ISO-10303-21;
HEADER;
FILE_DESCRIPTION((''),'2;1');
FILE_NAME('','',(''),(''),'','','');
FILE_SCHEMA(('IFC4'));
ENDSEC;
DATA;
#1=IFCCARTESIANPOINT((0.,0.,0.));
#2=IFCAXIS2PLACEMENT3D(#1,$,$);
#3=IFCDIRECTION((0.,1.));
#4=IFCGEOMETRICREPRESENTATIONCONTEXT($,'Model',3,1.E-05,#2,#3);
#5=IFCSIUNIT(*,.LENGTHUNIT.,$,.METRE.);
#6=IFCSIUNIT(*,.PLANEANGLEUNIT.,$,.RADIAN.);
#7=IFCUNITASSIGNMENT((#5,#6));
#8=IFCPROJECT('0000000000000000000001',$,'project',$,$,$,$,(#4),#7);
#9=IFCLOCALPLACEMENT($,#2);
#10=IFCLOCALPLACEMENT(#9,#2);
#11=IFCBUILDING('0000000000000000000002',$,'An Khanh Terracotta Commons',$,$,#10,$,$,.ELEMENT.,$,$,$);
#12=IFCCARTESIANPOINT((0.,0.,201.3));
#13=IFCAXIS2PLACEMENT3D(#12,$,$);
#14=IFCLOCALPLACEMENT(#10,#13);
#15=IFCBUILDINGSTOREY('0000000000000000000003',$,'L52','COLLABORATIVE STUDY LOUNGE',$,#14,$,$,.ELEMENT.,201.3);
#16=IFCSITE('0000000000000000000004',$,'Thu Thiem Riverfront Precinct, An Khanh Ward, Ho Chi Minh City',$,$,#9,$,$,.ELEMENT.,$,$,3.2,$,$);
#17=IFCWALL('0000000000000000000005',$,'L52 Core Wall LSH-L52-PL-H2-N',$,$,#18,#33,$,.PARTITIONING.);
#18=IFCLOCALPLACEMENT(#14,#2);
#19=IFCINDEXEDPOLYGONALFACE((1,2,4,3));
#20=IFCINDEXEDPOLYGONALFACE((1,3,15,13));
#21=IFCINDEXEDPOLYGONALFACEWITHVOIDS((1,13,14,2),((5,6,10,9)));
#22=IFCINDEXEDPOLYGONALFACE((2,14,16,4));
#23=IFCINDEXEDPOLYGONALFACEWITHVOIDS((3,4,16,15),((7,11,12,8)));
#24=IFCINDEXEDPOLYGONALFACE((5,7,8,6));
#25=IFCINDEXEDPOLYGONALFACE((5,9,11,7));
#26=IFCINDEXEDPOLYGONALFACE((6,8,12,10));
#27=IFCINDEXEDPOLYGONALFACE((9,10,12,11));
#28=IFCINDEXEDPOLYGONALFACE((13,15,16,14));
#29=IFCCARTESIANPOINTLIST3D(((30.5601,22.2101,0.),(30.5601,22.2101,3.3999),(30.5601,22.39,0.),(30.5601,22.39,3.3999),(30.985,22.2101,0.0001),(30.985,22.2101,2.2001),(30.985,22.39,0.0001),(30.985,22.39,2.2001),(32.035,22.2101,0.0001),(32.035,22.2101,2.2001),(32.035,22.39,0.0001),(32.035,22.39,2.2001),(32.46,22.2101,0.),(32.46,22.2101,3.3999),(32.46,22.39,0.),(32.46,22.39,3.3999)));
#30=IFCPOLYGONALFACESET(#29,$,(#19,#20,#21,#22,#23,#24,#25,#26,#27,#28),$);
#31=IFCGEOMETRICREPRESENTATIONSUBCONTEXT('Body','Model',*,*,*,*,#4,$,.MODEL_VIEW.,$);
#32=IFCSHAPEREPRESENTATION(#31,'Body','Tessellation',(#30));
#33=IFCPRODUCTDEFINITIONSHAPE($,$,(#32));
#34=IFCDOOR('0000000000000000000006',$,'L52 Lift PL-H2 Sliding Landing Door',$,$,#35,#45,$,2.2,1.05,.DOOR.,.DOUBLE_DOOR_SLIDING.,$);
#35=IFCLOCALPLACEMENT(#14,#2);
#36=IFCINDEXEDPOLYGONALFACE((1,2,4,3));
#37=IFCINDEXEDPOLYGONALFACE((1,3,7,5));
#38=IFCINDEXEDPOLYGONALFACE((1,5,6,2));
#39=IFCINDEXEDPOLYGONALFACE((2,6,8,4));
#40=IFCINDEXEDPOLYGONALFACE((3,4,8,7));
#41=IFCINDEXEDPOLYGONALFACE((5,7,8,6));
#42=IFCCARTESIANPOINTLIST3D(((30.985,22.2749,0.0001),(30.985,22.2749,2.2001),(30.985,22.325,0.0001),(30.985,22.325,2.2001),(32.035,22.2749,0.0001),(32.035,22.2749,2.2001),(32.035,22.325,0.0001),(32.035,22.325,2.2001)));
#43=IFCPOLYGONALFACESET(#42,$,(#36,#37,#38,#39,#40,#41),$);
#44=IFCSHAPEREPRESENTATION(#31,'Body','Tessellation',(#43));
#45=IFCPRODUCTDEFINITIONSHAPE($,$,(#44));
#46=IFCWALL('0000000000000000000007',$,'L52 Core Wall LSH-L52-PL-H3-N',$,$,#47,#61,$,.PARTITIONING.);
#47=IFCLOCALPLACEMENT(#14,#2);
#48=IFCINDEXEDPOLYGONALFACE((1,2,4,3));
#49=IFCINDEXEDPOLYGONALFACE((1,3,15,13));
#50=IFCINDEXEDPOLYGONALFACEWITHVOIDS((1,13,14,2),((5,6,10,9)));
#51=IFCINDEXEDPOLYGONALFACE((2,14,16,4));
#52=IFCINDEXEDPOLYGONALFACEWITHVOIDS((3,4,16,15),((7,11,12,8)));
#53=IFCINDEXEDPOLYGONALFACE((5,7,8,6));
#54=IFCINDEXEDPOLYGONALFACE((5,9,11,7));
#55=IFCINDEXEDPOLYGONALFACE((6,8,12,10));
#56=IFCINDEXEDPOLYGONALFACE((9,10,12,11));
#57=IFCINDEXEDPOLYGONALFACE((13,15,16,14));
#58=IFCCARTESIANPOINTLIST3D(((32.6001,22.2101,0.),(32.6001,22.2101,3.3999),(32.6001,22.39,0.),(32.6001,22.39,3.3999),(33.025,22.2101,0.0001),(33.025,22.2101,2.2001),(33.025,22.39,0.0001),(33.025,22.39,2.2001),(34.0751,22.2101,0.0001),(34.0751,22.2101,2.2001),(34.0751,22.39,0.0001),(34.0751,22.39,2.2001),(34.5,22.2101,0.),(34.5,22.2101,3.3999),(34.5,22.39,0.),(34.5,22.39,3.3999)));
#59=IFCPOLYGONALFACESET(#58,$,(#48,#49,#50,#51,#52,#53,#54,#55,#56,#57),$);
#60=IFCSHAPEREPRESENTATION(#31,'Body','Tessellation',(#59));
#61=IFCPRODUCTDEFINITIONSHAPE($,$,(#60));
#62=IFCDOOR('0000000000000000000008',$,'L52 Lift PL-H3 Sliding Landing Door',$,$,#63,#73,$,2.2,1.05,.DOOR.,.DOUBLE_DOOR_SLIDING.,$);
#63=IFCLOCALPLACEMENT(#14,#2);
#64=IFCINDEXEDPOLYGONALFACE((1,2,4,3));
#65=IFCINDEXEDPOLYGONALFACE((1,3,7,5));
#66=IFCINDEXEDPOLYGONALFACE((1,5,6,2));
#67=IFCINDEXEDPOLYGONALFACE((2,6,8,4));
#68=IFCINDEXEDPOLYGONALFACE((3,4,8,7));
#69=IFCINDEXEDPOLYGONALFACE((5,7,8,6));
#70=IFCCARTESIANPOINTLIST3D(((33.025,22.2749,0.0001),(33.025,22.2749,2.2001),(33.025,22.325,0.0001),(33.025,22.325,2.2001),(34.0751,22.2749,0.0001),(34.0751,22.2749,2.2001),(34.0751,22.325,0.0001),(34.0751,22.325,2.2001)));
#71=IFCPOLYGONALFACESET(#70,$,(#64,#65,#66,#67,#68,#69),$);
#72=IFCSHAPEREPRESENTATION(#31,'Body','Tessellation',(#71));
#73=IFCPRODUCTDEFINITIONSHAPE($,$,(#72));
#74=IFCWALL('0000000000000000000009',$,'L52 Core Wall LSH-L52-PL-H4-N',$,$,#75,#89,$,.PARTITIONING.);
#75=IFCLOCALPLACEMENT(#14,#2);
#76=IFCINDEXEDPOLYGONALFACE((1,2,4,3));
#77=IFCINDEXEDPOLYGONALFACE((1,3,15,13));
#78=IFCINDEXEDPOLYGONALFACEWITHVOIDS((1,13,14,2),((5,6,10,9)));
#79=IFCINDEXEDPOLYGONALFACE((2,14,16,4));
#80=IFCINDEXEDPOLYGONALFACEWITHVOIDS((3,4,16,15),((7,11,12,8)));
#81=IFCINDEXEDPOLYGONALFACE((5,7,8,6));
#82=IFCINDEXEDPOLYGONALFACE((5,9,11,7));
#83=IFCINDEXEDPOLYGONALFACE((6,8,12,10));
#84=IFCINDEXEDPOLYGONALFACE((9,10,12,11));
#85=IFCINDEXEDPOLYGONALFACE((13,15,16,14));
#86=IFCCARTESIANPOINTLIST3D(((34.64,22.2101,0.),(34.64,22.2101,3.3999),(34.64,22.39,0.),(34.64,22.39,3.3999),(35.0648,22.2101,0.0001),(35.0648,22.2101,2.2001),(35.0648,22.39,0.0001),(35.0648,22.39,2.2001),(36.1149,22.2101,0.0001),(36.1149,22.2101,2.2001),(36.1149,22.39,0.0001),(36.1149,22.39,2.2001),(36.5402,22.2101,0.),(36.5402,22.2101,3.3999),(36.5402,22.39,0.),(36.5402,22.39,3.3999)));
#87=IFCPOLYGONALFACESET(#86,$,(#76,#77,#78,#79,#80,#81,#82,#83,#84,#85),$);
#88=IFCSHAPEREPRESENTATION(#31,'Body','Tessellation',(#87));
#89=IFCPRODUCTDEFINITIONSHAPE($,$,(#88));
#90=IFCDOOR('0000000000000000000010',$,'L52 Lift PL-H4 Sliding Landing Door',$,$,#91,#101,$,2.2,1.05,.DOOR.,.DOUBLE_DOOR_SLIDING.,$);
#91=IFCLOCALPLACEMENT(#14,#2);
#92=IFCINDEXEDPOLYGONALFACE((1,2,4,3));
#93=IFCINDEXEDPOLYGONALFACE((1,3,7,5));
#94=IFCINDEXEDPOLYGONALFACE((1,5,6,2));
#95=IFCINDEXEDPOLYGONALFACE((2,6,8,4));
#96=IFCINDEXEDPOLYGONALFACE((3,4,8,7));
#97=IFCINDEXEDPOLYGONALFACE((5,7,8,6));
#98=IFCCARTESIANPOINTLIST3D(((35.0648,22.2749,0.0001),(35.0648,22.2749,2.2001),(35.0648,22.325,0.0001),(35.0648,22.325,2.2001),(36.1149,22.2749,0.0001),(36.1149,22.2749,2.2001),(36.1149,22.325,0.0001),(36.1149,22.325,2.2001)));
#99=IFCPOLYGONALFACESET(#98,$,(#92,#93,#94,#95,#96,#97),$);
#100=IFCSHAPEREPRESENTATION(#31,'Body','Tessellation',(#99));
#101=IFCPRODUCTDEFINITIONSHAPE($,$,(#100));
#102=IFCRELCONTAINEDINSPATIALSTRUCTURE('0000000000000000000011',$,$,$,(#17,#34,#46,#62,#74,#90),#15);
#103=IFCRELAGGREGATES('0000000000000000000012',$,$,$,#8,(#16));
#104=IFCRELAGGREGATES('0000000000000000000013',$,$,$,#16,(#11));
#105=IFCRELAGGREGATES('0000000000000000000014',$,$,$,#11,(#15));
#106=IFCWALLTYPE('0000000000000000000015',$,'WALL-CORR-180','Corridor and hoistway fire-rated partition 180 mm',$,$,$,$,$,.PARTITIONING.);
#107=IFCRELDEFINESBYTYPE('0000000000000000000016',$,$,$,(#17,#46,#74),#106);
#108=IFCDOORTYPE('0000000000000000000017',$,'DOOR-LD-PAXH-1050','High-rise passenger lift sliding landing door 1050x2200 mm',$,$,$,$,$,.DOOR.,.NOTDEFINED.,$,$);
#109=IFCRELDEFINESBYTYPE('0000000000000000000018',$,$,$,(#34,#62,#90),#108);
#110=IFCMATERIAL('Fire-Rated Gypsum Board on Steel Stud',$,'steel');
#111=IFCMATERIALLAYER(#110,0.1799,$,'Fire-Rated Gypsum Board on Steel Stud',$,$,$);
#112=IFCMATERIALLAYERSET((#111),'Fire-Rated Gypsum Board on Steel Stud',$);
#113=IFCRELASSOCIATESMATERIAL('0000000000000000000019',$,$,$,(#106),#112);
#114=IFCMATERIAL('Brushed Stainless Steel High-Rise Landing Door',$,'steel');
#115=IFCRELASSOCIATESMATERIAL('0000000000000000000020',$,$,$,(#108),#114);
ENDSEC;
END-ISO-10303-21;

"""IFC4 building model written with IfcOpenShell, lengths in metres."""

from ifc_helpers import new_model, si_unit, direction, frame, frame_2d, origin, place, context, subcontext, project, spatial, rectangle, extrude, material, layer, layer_set, type_object, element, fill, save


model = new_model("IFC4")

# Units and contexts
model_context = context("Model", 3, precision=1e-05, world=origin(), true_north=direction((0.0, 1.0)))
body_context = subcontext(model_context, "Body", "Model", "MODEL_VIEW")
ifc_project = project(units=[si_unit("LENGTHUNIT", "METRE"), si_unit("PLANEANGLEUNIT", "RADIAN")], contexts=[model_context])

# Site, building, storey
site_placement = place(None, origin())
site = spatial("IfcSite", under=ifc_project, at=site_placement, Name="Thu Thiem Riverfront Precinct, An Khanh Ward, Ho Chi Minh City", CompositionType="ELEMENT", RefElevation=3.2)
building_placement = place(site_placement, origin())
building = spatial("IfcBuilding", under=site, at=building_placement, Name="An Khanh Terracotta Commons", CompositionType="ELEMENT")
storey_placement = place(building_placement, frame((0.0, 0.0, 201.3)))
storey = spatial("IfcBuildingStorey", under=building, at=storey_placement, Name="L52", Description="COLLABORATIVE STUDY LOUNGE", CompositionType="ELEMENT", Elevation=201.3)

# Shared definitions
ifc_material_1 = material(Name="Fire-Rated Gypsum Board on Steel Stud", Category="steel")
ifc_layer = layer(ifc_material_1, 0.1799, Name="Fire-Rated Gypsum Board on Steel Stud")
ifc_layer_set = layer_set([ifc_layer], Name="Fire-Rated Gypsum Board on Steel Stud")
wall_type = type_object("IfcWallType", Name="WALL-CORR-180", Description="Corridor and hoistway fire-rated partition 180 mm", PredefinedType="PARTITIONING", material=ifc_layer_set)

# Shared definitions
ifc_material_2 = material(Name="Brushed Stainless Steel High-Rise Landing Door", Category="steel")
door_type = type_object("IfcDoorType", Name="DOOR-LD-PAXH-1050", Description="High-rise passenger lift sliding landing door 1050x2200 mm", OperationType="NOTDEFINED", PredefinedType="DOOR", material=ifc_material_2)

# Walls, openings, doors
wall_1_placement = place(storey_placement, frame((30.5601, 22.3, 0.0), z_axis=(0.0, 0.0, 1.0), x_axis=(1.0, 0.0, 0.0)))
wall_1 = element("IfcWall", 1, at=wall_1_placement, inside=storey, type_object=wall_type, Name="L52 Core Wall LSH-L52-PL-H2-N", PredefinedType="PARTITIONING", context=body_context, shape_type="SweptSolid", body=[
    extrude(rectangle(XDim=1.8999, YDim=0.1799, at=frame_2d((0.95, 0.0))), origin(), (0.0, 0.0, 1.0), 3.3999),
])
opening_1_placement = place(wall_1_placement, frame((0.425, 0.0, 0.0)))
opening_1 = element("IfcOpeningElement", 2, at=opening_1_placement, cuts=wall_1, PredefinedType="OPENING", context=body_context, shape_type="SweptSolid", body=[
    extrude(rectangle(XDim=1.05, YDim=2.2, at=frame_2d((0.5249, 1.1001))), frame((0.0, 0.0999, 0.0), z_axis=(0.0, -1.0, 0.0), x_axis=(1.0, 0.0, 0.0)), (0.0, 0.0, 1.0), 0.2),
])
door_1_placement = place(opening_1_placement, origin())
door_1 = element("IfcDoor", 3, at=door_1_placement, inside=storey, type_object=door_type, Name="L52 Lift PL-H2 Sliding Landing Door", OperationType="DOUBLE_DOOR_SLIDING", OverallHeight=2.2, OverallWidth=1.05, PredefinedType="DOOR", context=body_context, shape_type="SweptSolid", body=[
    extrude(rectangle(XDim=1.05, YDim=2.2, at=frame_2d((0.5249, 1.1001))), frame((0.0, 0.0249, 0.0), z_axis=(0.0, -1.0, 0.0), x_axis=(1.0, 0.0, 0.0)), (0.0, 0.0, 1.0), 0.05),
])
fill(opening_1, door_1)
wall_2_placement = place(storey_placement, frame((32.6001, 22.3, 0.0), z_axis=(0.0, 0.0, 1.0), x_axis=(1.0, 0.0, 0.0)))
wall_2 = element("IfcWall", 4, at=wall_2_placement, inside=storey, type_object=wall_type, Name="L52 Core Wall LSH-L52-PL-H3-N", PredefinedType="PARTITIONING", context=body_context, shape_type="SweptSolid", body=[
    extrude(rectangle(XDim=1.8999, YDim=0.1799, at=frame_2d((0.95, 0.0))), origin(), (0.0, 0.0, 1.0), 3.3999),
])
opening_2_placement = place(wall_2_placement, frame((0.425, 0.0, 0.0)))
opening_2 = element("IfcOpeningElement", 5, at=opening_2_placement, cuts=wall_2, PredefinedType="OPENING", context=body_context, shape_type="SweptSolid", body=[
    extrude(rectangle(XDim=1.05, YDim=2.2, at=frame_2d((0.5249, 1.1001))), frame((0.0, 0.0999, 0.0), z_axis=(0.0, -1.0, 0.0), x_axis=(1.0, 0.0, 0.0)), (0.0, 0.0, 1.0), 0.2),
])
door_2_placement = place(opening_2_placement, origin())
door_2 = element("IfcDoor", 6, at=door_2_placement, inside=storey, type_object=door_type, Name="L52 Lift PL-H3 Sliding Landing Door", OperationType="DOUBLE_DOOR_SLIDING", OverallHeight=2.2, OverallWidth=1.05, PredefinedType="DOOR", context=body_context, shape_type="SweptSolid", body=[
    extrude(rectangle(XDim=1.05, YDim=2.2, at=frame_2d((0.5249, 1.1001))), frame((0.0, 0.0249, 0.0), z_axis=(0.0, -1.0, 0.0), x_axis=(1.0, 0.0, 0.0)), (0.0, 0.0, 1.0), 0.05),
])
fill(opening_2, door_2)
wall_3_placement = place(storey_placement, frame((34.6399, 22.3, 0.0), z_axis=(0.0, 0.0, 1.0), x_axis=(1.0, 0.0, 0.0)))
wall_3 = element("IfcWall", 7, at=wall_3_placement, inside=storey, type_object=wall_type, Name="L52 Core Wall LSH-L52-PL-H4-N", PredefinedType="PARTITIONING", context=body_context, shape_type="SweptSolid", body=[
    extrude(rectangle(XDim=1.9001, YDim=0.1799, at=frame_2d((0.9502, 0.0))), origin(), (0.0, 0.0, 1.0), 3.3999),
])
opening_3_placement = place(wall_3_placement, frame((0.425, 0.0, 0.0)))
opening_3 = element("IfcOpeningElement", 8, at=opening_3_placement, cuts=wall_3, PredefinedType="OPENING", context=body_context, shape_type="SweptSolid", body=[
    extrude(rectangle(XDim=1.05, YDim=2.2, at=frame_2d((0.5249, 1.1001))), frame((0.0, 0.0999, 0.0), z_axis=(0.0, -1.0, 0.0), x_axis=(1.0, 0.0, 0.0)), (0.0, 0.0, 1.0), 0.2),
])
door_3_placement = place(opening_3_placement, origin())
door_3 = element("IfcDoor", 9, at=door_3_placement, inside=storey, type_object=door_type, Name="L52 Lift PL-H4 Sliding Landing Door", OperationType="DOUBLE_DOOR_SLIDING", OverallHeight=2.2, OverallWidth=1.05, PredefinedType="DOOR", context=body_context, shape_type="SweptSolid", body=[
    extrude(rectangle(XDim=1.05, YDim=2.2, at=frame_2d((0.5249, 1.1001))), frame((0.0, 0.0249, 0.0), z_axis=(0.0, -1.0, 0.0), x_axis=(1.0, 0.0, 0.0)), (0.0, 0.0, 1.0), 0.05),
])
fill(opening_3, door_3)

save(model, "model.ifc")
